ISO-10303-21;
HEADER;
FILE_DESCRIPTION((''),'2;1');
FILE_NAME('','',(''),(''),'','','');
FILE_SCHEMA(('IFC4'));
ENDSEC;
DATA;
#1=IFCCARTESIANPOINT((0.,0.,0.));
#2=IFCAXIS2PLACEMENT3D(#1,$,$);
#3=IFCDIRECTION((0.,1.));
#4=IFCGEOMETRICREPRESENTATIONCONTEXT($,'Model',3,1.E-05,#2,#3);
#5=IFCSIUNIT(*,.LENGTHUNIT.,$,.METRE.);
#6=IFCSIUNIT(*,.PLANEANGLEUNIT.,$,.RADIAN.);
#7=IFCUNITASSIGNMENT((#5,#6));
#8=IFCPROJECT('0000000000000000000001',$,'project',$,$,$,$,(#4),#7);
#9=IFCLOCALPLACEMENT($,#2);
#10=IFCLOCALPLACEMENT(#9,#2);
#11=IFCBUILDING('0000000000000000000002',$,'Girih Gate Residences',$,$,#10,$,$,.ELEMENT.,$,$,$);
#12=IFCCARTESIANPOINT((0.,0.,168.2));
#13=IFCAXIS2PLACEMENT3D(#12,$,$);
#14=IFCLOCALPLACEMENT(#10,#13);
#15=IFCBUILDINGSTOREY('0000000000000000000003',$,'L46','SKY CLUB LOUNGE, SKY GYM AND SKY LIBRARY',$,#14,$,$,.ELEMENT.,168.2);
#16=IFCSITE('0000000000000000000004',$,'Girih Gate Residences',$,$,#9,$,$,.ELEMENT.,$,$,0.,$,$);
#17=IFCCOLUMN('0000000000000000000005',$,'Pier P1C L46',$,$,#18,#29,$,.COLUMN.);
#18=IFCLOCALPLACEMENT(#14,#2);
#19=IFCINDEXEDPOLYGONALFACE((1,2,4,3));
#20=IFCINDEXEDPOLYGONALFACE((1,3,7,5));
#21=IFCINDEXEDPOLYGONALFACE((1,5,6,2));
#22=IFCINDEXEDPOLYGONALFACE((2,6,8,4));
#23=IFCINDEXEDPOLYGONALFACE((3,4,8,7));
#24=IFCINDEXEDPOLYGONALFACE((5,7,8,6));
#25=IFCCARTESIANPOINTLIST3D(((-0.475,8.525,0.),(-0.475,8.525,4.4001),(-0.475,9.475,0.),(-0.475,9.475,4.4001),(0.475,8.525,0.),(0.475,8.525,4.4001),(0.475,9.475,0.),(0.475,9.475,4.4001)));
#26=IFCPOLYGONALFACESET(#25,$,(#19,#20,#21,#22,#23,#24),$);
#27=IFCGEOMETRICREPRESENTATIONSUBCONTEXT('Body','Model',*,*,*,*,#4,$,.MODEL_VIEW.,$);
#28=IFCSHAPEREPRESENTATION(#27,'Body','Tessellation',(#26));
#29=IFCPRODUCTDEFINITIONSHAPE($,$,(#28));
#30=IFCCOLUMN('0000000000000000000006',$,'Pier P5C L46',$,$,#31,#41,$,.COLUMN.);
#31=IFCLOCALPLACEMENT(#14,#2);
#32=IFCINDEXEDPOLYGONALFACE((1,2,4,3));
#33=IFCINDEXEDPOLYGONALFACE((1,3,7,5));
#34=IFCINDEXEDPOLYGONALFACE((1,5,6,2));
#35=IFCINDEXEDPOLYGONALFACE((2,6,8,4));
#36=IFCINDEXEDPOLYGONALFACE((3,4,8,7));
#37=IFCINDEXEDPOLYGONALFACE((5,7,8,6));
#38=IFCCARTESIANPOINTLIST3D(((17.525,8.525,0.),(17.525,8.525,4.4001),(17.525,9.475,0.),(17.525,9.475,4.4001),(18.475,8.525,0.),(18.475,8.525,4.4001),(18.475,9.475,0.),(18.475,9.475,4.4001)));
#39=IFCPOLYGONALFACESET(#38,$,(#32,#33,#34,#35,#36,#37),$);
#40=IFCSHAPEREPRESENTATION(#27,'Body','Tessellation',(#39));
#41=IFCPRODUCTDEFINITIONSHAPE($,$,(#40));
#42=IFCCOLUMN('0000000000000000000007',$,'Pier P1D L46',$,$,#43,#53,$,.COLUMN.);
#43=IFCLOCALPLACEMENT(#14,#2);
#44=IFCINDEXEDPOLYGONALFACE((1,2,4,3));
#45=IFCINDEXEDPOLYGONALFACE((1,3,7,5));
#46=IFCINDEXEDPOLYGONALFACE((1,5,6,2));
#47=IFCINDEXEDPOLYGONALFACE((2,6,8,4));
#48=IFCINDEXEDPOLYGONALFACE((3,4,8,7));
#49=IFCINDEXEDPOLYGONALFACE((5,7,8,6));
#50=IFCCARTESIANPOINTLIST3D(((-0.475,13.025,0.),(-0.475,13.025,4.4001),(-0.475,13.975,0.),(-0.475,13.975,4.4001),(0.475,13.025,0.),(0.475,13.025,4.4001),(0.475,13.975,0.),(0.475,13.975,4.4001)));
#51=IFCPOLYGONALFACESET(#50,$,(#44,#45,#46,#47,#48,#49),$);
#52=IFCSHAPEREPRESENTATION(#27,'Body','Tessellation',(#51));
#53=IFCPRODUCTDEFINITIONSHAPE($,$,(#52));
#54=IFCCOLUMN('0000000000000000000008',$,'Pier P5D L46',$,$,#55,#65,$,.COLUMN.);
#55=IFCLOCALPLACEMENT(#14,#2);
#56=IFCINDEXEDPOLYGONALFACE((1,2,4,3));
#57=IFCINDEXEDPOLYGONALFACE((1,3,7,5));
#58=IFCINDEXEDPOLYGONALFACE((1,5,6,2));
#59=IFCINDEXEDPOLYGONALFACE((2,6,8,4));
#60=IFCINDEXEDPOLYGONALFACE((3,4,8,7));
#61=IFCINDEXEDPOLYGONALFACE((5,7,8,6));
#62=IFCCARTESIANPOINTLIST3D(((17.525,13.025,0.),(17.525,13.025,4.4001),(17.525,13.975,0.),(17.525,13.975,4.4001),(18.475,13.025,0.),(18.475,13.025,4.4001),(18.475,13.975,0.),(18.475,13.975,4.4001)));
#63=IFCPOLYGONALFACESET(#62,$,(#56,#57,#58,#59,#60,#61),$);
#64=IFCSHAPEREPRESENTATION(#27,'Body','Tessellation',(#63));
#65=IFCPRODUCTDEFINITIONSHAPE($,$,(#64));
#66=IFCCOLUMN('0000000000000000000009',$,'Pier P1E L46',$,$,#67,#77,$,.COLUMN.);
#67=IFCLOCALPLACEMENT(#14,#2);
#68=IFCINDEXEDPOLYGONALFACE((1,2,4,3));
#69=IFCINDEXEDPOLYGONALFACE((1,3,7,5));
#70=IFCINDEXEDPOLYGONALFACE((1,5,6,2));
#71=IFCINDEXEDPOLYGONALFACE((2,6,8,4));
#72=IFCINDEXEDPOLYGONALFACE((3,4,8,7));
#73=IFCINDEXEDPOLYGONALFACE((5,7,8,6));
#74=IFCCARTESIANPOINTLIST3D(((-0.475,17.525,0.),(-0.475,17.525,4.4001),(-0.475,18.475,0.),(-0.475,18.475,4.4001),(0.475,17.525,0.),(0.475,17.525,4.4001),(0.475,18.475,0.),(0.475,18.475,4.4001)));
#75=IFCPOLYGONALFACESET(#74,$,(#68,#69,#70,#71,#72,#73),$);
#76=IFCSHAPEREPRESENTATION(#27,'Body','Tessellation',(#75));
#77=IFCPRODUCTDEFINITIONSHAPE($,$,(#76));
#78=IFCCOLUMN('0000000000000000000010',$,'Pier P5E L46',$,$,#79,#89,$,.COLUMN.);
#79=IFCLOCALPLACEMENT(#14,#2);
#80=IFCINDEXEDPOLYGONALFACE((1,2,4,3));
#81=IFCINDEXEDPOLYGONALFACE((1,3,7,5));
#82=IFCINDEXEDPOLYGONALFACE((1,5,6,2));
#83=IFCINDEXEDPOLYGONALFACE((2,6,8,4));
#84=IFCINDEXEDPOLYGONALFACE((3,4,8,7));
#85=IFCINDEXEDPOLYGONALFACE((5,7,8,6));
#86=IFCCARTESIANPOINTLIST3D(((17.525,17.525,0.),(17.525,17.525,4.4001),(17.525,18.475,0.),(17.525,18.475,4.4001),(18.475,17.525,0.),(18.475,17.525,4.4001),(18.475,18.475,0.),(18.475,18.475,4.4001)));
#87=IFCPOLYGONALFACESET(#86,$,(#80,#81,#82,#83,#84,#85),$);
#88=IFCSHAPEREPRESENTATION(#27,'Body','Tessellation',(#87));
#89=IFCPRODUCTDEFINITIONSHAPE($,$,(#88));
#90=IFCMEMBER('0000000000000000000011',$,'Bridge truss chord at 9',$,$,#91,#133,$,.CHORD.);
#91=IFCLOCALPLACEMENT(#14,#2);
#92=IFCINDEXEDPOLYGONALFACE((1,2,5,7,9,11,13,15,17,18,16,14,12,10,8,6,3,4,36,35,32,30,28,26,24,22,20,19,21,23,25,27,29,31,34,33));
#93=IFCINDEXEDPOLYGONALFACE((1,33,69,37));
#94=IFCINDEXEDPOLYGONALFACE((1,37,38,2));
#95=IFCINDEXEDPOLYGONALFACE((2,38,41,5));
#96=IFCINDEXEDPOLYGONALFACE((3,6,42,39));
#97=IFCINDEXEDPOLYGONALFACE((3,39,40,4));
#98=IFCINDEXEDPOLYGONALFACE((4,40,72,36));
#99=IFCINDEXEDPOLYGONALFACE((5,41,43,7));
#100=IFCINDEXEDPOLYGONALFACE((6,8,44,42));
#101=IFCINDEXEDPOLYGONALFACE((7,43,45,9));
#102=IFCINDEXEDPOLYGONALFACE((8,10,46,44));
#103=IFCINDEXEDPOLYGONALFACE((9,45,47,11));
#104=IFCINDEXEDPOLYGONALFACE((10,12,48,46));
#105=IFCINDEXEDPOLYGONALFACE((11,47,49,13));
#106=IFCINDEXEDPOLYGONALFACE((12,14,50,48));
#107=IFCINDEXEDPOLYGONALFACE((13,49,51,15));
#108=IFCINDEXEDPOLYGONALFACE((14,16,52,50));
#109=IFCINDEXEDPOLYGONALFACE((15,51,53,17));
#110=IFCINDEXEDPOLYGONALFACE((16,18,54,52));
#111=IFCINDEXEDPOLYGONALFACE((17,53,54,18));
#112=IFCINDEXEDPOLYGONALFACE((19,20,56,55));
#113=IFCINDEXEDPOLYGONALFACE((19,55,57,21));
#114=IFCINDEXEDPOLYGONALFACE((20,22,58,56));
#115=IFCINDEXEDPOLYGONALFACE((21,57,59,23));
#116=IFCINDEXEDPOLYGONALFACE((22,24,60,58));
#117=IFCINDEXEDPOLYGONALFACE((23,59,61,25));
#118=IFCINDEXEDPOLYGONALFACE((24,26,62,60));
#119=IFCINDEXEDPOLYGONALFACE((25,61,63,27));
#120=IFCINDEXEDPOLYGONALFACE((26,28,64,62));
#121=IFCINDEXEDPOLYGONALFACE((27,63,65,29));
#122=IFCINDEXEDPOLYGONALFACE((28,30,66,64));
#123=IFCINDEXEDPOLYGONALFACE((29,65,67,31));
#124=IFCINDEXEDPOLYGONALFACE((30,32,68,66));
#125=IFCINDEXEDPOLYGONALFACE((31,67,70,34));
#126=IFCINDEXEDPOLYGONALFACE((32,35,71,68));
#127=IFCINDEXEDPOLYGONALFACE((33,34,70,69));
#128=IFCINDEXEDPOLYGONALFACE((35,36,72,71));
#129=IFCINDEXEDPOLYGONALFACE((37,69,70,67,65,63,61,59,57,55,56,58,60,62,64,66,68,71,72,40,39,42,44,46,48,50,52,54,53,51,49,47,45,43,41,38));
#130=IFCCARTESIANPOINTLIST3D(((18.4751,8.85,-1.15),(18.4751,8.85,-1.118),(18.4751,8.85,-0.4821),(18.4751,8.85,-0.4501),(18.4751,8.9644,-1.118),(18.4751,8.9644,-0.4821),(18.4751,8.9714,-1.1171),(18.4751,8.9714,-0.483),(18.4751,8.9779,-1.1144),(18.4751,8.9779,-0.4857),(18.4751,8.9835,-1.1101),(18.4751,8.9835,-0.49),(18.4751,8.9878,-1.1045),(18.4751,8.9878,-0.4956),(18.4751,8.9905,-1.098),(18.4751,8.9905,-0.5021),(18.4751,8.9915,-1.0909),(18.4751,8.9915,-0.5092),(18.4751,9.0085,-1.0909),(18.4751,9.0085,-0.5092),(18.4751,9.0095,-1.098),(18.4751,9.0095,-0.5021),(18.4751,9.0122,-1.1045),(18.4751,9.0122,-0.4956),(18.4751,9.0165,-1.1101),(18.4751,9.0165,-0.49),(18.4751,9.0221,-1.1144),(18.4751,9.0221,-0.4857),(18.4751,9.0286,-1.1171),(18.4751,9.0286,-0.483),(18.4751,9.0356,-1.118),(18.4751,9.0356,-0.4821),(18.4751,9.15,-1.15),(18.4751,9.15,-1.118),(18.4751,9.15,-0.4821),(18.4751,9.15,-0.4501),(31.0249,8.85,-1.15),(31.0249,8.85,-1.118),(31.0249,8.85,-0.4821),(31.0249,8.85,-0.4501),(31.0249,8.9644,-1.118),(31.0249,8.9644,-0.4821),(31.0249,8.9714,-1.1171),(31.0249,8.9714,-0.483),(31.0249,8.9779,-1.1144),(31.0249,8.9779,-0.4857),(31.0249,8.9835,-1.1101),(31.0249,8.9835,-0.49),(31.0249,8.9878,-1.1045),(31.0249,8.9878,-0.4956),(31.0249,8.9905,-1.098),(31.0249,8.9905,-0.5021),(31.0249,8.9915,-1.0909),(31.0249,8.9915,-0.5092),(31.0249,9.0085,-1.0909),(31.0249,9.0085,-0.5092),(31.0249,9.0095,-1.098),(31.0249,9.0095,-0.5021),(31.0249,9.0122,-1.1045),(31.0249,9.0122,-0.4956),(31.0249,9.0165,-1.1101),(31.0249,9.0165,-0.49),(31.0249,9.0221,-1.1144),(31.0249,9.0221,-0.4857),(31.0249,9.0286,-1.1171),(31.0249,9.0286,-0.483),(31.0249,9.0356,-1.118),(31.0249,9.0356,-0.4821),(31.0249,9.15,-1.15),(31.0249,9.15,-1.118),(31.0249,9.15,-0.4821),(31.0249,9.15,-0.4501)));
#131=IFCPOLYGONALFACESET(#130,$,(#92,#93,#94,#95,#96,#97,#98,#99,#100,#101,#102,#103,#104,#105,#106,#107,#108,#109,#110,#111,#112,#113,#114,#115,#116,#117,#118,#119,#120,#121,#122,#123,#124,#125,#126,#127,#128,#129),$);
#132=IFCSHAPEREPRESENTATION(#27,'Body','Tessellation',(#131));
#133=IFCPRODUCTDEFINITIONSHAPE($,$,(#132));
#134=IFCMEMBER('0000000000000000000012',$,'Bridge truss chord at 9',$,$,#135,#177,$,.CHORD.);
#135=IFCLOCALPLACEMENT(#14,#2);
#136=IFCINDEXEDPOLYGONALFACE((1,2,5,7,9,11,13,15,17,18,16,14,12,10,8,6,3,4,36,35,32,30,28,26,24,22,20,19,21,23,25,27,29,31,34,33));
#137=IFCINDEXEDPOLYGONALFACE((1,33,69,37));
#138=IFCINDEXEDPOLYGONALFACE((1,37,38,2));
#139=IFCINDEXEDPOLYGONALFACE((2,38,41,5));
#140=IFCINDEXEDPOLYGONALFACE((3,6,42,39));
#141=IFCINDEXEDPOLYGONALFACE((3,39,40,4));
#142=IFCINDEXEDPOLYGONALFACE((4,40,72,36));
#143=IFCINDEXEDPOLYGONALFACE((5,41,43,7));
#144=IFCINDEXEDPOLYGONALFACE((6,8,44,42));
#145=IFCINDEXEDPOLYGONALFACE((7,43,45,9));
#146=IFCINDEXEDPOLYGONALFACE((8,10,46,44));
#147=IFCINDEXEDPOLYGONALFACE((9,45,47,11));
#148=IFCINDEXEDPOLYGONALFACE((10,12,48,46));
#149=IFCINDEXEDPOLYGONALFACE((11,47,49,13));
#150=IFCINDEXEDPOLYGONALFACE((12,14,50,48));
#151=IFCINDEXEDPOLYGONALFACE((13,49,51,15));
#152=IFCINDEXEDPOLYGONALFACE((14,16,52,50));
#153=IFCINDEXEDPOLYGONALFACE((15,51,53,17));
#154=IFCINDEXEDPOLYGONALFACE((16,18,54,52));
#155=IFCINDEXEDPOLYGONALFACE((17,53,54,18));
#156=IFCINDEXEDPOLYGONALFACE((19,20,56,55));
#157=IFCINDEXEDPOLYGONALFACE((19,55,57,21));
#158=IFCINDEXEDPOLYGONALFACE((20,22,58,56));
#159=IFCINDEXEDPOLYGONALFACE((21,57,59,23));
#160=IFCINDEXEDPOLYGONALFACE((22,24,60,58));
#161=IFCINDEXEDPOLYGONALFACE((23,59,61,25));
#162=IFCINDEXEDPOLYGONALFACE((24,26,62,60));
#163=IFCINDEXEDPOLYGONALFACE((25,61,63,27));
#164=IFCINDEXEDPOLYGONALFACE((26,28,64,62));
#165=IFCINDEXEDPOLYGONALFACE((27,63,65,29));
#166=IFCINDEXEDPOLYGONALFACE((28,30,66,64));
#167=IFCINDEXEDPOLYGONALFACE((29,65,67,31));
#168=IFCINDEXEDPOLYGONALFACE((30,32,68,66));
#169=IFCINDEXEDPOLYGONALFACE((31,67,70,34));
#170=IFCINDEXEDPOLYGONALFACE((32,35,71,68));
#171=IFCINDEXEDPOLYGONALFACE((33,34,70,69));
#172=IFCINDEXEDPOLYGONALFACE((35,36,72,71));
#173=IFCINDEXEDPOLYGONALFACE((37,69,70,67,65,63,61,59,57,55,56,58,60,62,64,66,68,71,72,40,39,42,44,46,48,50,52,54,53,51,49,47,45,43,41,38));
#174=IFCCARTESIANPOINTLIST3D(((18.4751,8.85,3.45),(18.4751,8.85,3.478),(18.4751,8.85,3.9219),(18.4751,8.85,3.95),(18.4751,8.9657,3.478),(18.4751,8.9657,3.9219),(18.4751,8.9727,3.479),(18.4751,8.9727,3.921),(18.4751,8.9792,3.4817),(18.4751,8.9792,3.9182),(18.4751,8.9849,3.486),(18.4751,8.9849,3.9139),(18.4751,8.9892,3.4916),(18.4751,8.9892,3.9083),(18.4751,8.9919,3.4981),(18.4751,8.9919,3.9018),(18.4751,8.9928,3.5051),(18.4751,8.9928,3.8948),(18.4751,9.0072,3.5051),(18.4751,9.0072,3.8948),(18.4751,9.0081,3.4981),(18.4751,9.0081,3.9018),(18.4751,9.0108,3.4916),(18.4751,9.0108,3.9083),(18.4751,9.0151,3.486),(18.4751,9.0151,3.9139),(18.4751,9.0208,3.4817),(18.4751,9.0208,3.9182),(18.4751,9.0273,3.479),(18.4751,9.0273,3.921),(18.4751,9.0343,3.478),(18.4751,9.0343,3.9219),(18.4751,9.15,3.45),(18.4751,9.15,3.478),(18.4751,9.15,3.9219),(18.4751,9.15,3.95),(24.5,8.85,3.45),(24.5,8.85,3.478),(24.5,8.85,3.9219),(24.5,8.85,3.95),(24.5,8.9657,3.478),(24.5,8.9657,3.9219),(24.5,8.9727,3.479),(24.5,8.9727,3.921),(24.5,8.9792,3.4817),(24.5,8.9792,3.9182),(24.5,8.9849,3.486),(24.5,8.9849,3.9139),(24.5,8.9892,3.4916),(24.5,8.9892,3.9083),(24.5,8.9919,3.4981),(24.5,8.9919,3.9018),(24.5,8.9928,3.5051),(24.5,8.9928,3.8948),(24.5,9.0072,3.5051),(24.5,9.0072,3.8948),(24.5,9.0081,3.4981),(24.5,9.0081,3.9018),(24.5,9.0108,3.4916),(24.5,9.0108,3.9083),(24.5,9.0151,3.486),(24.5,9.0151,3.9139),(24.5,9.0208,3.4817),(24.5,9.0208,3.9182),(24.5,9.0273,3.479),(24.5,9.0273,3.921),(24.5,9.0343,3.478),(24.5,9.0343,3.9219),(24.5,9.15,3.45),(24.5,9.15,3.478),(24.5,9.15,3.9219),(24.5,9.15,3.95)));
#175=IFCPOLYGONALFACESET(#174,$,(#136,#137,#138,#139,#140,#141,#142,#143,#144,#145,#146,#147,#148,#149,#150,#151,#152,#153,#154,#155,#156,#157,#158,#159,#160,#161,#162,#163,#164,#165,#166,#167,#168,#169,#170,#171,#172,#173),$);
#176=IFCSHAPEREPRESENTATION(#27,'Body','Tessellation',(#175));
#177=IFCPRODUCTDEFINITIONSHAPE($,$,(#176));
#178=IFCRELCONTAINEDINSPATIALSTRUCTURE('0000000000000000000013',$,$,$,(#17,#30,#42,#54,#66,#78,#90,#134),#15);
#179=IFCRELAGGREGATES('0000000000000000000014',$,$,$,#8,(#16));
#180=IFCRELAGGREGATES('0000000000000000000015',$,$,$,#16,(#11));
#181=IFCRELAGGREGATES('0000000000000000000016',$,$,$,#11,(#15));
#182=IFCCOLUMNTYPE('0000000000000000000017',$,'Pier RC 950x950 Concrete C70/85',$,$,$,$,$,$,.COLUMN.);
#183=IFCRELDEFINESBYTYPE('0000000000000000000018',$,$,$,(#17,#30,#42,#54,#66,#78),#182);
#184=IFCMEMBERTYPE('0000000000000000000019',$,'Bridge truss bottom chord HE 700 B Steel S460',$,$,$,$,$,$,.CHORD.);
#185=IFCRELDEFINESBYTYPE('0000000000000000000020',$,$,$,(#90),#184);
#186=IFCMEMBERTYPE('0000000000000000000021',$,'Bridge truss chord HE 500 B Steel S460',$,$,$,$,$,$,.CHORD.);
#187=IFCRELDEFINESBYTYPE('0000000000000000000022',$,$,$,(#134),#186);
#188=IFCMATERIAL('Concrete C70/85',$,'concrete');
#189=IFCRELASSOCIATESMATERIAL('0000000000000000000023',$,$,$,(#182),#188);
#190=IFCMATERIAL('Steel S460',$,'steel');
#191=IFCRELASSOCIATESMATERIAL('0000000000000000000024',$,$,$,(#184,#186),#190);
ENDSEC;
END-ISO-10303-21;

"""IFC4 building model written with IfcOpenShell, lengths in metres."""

from ifc_helpers import new_model, si_unit, direction, frame, origin, origin_2d, place, context, subcontext, project, spatial, rectangle, i_section, extrude, material, material_profile, profile_set, type_object, element, save


model = new_model("IFC4")

# Units and contexts
model_context = context("Model", 3, precision=1e-05, world=origin(), true_north=direction((0.0, 1.0)))
body_context = subcontext(model_context, "Body", "Model", "MODEL_VIEW")
ifc_project = project(units=[si_unit("LENGTHUNIT", "METRE"), si_unit("PLANEANGLEUNIT", "RADIAN")], contexts=[model_context])

# Site, building, storey
site_placement = place(None, origin())
site = spatial("IfcSite", under=ifc_project, at=site_placement, Name="Girih Gate Residences", CompositionType="ELEMENT", RefElevation=0.0)
building_placement = place(site_placement, origin())
building = spatial("IfcBuilding", under=site, at=building_placement, Name="Girih Gate Residences", CompositionType="ELEMENT")
storey_placement = place(building_placement, frame((0.0, 0.0, 168.2)))
storey = spatial("IfcBuildingStorey", under=building, at=storey_placement, Name="L46", Description="SKY CLUB LOUNGE, SKY GYM AND SKY LIBRARY", CompositionType="ELEMENT", Elevation=168.2)

# Columns
ifc_material_1 = material(Name="Concrete C70/85", Category="concrete")
ifc_material_profile_1 = material_profile(ifc_material_1, rectangle(XDim=0.95, YDim=0.95, at=origin_2d()))
ifc_profile_set_1 = profile_set([ifc_material_profile_1], Name="Concrete C70/85")
column_type = type_object("IfcColumnType", Name="Pier RC 950x950 Concrete C70/85", PredefinedType="COLUMN", material=ifc_profile_set_1)
for number, where, z_axis, x_axis, name in (
    (1, (0.0, 9.0, 0.0), (0.0, 0.0, 1.0), (1.0, 0.0, 0.0), "Pier P1C L46"),
    (2, (18.0, 9.0, 0.0), (0.0, 0.0, 1.0), (1.0, 0.0, 0.0), "Pier P5C L46"),
    (3, (0.0, 13.5, 0.0), (0.0, 0.0, 1.0), (1.0, 0.0, 0.0), "Pier P1D L46"),
    (4, (18.0, 13.5, 0.0), (0.0, 0.0, 1.0), (1.0, 0.0, 0.0), "Pier P5D L46"),
    (5, (0.0, 18.0, 0.0), (0.0, 0.0, 1.0), (1.0, 0.0, 0.0), "Pier P1E L46"),
    (6, (18.0, 18.0, 0.0), (0.0, 0.0, 1.0), (1.0, 0.0, 0.0), "Pier P5E L46"),
):
    element("IfcColumn", number, at=place(storey_placement, frame(where, z_axis=z_axis, x_axis=x_axis)), inside=storey, type_object=column_type, Name=name, PredefinedType="COLUMN", context=body_context, shape_type="SweptSolid", body=[
        extrude(rectangle(XDim=0.95, YDim=0.95, at=origin_2d()), origin(), (0.0, 0.0, 1.0), 4.4001),
    ])

# Members
ifc_material_2 = material(Name="Steel S460", Category="steel")
ifc_material_profile_2 = material_profile(ifc_material_2, i_section(OverallWidth=0.3, OverallDepth=0.7, WebThickness=0.0171, FlangeThickness=0.032, FilletRadius=0.0271, at=origin_2d()))
ifc_profile_set_2 = profile_set([ifc_material_profile_2], Name="Steel S460")
member_type_1 = type_object("IfcMemberType", Name="Bridge truss bottom chord HE 700 B Steel S460", PredefinedType="CHORD", material=ifc_profile_set_2)
member_1_placement = place(storey_placement, frame((18.4751, 9.0, -0.8), z_axis=(1.0, 0.0, 0.0), x_axis=(0.0, 1.0, 0.0)))
element("IfcMember", 7, at=member_1_placement, inside=storey, type_object=member_type_1, Name="Bridge truss chord at 9", PredefinedType="CHORD", context=body_context, shape_type="SweptSolid", body=[
    extrude(i_section(OverallWidth=0.3, OverallDepth=0.7, WebThickness=0.0171, FlangeThickness=0.032, FilletRadius=0.0271, at=origin_2d()), origin(), (0.0, 0.0, 1.0), 12.5498),
])
ifc_material_profile_3 = material_profile(ifc_material_2, i_section(OverallWidth=0.3, OverallDepth=0.5, WebThickness=0.0144, FlangeThickness=0.0281, FilletRadius=0.0271, at=origin_2d()))
ifc_profile_set_3 = profile_set([ifc_material_profile_3], Name="Steel S460")
member_type_2 = type_object("IfcMemberType", Name="Bridge truss chord HE 500 B Steel S460", PredefinedType="CHORD", material=ifc_profile_set_3)
member_2_placement = place(storey_placement, frame((18.4751, 9.0, 3.7), z_axis=(1.0, 0.0, 0.0), x_axis=(0.0, 1.0, 0.0)))
element("IfcMember", 8, at=member_2_placement, inside=storey, type_object=member_type_2, Name="Bridge truss chord at 9", PredefinedType="CHORD", context=body_context, shape_type="SweptSolid", body=[
    extrude(i_section(OverallWidth=0.3, OverallDepth=0.5, WebThickness=0.0144, FlangeThickness=0.0281, FilletRadius=0.0271, at=origin_2d()), origin(), (0.0, 0.0, 1.0), 6.0249),
])

save(model, "model.ifc")
